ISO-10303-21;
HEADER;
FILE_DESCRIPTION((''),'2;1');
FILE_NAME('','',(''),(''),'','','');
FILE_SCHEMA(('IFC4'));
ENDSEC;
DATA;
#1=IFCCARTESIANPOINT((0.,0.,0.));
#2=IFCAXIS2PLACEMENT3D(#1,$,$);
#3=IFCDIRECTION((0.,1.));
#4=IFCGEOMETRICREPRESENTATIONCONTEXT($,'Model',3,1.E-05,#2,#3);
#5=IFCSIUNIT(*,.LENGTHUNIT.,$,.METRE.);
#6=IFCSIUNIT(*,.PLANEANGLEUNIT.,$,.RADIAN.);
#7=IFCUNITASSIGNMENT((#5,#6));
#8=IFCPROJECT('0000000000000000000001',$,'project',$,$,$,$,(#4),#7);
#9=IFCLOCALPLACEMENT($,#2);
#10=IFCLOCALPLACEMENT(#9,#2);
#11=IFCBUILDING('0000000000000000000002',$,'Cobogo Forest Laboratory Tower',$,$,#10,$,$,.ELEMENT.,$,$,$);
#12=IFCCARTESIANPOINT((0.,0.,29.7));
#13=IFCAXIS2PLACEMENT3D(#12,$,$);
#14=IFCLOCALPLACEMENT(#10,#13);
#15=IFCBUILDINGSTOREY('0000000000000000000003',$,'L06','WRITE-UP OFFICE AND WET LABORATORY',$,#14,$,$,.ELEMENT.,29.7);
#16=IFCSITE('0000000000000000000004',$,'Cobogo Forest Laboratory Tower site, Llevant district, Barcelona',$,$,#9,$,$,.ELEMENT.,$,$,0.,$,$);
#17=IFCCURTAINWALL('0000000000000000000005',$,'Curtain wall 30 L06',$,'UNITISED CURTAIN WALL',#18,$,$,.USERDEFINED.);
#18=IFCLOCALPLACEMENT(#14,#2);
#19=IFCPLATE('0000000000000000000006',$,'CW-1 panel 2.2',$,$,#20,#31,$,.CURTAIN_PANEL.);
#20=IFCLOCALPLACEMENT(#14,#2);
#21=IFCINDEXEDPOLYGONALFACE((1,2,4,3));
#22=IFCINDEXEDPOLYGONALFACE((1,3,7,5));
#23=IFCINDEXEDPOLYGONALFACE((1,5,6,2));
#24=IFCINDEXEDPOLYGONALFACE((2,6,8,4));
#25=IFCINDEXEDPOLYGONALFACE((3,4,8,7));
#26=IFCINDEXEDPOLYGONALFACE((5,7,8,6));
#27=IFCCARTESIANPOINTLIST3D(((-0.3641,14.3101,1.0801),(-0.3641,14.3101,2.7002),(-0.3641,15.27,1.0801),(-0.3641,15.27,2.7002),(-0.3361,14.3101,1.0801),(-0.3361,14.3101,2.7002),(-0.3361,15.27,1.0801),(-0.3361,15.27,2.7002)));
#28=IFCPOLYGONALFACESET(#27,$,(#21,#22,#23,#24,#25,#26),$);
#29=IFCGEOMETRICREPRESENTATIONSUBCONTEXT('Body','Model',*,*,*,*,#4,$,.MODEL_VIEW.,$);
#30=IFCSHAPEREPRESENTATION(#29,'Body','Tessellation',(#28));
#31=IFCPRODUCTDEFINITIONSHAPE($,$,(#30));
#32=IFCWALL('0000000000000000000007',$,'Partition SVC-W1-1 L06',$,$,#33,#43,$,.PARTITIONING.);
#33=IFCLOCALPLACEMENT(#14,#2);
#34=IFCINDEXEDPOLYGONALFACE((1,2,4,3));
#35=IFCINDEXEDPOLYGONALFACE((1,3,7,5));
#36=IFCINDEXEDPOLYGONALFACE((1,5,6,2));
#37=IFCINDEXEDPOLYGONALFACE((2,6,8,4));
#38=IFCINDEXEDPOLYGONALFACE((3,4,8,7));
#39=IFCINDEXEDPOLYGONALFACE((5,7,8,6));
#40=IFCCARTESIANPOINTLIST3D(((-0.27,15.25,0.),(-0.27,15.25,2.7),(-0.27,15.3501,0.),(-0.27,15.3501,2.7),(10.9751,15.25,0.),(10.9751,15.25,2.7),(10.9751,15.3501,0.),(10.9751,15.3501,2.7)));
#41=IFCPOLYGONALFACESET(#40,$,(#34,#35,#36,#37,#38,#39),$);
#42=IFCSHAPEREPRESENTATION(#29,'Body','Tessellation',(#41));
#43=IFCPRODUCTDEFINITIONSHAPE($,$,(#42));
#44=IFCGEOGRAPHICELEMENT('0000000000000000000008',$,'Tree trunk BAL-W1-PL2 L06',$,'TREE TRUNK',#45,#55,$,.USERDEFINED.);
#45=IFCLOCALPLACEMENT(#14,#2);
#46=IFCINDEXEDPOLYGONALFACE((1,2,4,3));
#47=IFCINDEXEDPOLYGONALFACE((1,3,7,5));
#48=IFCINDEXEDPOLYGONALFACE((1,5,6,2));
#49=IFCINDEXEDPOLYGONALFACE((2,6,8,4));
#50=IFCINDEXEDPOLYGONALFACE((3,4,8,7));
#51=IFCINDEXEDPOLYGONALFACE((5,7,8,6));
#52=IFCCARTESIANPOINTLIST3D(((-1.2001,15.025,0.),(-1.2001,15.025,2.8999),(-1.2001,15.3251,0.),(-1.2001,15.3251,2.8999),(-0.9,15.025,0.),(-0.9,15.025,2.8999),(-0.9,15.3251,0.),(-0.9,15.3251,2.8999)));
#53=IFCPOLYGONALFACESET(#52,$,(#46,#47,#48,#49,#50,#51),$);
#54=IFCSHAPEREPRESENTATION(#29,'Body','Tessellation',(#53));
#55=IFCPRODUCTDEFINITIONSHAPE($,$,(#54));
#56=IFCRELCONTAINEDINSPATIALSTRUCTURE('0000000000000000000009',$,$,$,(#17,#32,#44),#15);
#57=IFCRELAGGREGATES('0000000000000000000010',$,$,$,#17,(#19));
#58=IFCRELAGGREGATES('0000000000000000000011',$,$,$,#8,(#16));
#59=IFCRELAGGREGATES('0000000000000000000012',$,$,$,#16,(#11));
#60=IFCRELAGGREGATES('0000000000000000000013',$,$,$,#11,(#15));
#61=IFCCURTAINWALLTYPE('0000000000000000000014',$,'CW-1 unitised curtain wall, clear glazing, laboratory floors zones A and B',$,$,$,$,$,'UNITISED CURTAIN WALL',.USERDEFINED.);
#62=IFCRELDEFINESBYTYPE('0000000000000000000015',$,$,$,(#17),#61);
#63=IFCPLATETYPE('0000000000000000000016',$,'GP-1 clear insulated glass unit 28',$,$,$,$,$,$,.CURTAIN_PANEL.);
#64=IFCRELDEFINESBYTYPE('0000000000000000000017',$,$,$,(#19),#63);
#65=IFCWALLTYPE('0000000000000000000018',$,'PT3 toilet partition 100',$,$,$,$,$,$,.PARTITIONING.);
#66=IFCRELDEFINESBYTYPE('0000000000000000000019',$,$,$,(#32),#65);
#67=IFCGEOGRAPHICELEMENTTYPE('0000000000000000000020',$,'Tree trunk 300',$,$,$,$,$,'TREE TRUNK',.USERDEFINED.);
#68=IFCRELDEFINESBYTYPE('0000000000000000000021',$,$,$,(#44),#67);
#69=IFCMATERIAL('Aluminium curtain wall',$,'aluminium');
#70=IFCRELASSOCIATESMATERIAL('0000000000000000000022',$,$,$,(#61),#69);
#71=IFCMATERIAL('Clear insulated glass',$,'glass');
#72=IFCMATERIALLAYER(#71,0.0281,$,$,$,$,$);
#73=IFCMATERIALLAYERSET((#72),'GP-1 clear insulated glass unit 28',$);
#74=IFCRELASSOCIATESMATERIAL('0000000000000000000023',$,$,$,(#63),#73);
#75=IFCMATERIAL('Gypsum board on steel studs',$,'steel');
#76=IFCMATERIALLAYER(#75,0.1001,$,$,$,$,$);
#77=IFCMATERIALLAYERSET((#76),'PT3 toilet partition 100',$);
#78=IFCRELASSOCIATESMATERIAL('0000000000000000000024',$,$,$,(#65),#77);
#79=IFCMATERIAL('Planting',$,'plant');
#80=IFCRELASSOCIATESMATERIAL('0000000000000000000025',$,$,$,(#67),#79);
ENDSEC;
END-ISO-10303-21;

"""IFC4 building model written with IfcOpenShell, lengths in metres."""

from ifc_helpers import new_model, si_unit, direction, frame, frame_2d, origin, origin_2d, place, context, subcontext, project, spatial, rectangle, extrude, material, layer, layer_set, type_object, element, aggregate, save


model = new_model("IFC4")

# Units and contexts
model_context = context("Model", 3, precision=1e-05, world=origin(), true_north=direction((0.0, 1.0)))
body_context = subcontext(model_context, "Body", "Model", "MODEL_VIEW")
ifc_project = project(units=[si_unit("LENGTHUNIT", "METRE"), si_unit("PLANEANGLEUNIT", "RADIAN")], contexts=[model_context])

# Site, building, storey
site_placement = place(None, origin())
site = spatial("IfcSite", under=ifc_project, at=site_placement, Name="Cobogo Forest Laboratory Tower site, Llevant district, Barcelona", CompositionType="ELEMENT", RefElevation=0.0)
building_placement = place(site_placement, origin())
building = spatial("IfcBuilding", under=site, at=building_placement, Name="Cobogo Forest Laboratory Tower", CompositionType="ELEMENT")
storey_placement = place(building_placement, frame((0.0, 0.0, 29.7)))
storey = spatial("IfcBuildingStorey", under=building, at=storey_placement, Name="L06", Description="WRITE-UP OFFICE AND WET LABORATORY", CompositionType="ELEMENT", Elevation=29.7)

# Shared definitions
ifc_material_1 = material(Name="Aluminium curtain wall", Category="aluminium")
curtain_wall_type = type_object("IfcCurtainWallType", Name="CW-1 unitised curtain wall, clear glazing, laboratory floors zones A and B", ElementType="UNITISED CURTAIN WALL", PredefinedType="USERDEFINED", material=ifc_material_1)

# Curtain wall
curtain_wall_1_placement = place(storey_placement, origin())
curtain_wall_1 = element("IfcCurtainWall", 1, at=curtain_wall_1_placement, inside=storey, type_object=curtain_wall_type, Name="Curtain wall 30 L06", ObjectType="UNITISED CURTAIN WALL", PredefinedType="USERDEFINED")

# Plate
ifc_material_2 = material(Name="Clear insulated glass", Category="glass")
ifc_layer_1 = layer(ifc_material_2, 0.0281)
ifc_layer_set_1 = layer_set([ifc_layer_1], Name="GP-1 clear insulated glass unit 28")
plate_type_1 = type_object("IfcPlateType", Name="GP-1 clear insulated glass unit 28", PredefinedType="CURTAIN_PANEL", material=ifc_layer_set_1)
plate_1_placement = place(storey_placement, frame((-0.3501, 14.79, 1.0801), z_axis=(0.0, 0.0, 1.0), x_axis=(0.0, -1.0, 0.0)))
plate_1 = element("IfcPlate", 2, at=plate_1_placement, type_object=plate_type_1, Name="CW-1 panel 2.2", PredefinedType="CURTAIN_PANEL", context=body_context, shape_type="SweptSolid", body=[
    extrude(rectangle(XDim=0.96, YDim=0.0281, at=origin_2d()), origin(), (0.0, 0.0, 1.0), 1.6201),
])
aggregate(curtain_wall_1, [plate_1])

# Wall
ifc_material_3 = material(Name="Gypsum board on steel studs", Category="steel")
ifc_layer_2 = layer(ifc_material_3, 0.1001)
ifc_layer_set_2 = layer_set([ifc_layer_2], Name="PT3 toilet partition 100")
wall_type = type_object("IfcWallType", Name="PT3 toilet partition 100", PredefinedType="PARTITIONING", material=ifc_layer_set_2)
wall_placement = place(storey_placement, frame((-0.27, 15.3, 0.0), z_axis=(0.0, 0.0, 1.0), x_axis=(1.0, 0.0, 0.0)))
element("IfcWall", 3, at=wall_placement, inside=storey, type_object=wall_type, Name="Partition SVC-W1-1 L06", PredefinedType="PARTITIONING", context=body_context, shape_type="SweptSolid", body=[
    extrude(rectangle(XDim=11.2451, YDim=0.1001, at=frame_2d((5.6226, 0.0))), origin(), (0.0, 0.0, 1.0), 2.7),
])

# Geographic element
ifc_material_4 = material(Name="Planting", Category="plant")
geographic_element_type = type_object("IfcGeographicElementType", Name="Tree trunk 300", ElementType="TREE TRUNK", PredefinedType="USERDEFINED", material=ifc_material_4)
geographic_element_placement = place(storey_placement, frame((-1.05, 15.175, 0.0), z_axis=(0.0, 0.0, 1.0), x_axis=(1.0, 0.0, 0.0)))
element("IfcGeographicElement", 4, at=geographic_element_placement, inside=storey, type_object=geographic_element_type, Name="Tree trunk BAL-W1-PL2 L06", ObjectType="TREE TRUNK", PredefinedType="USERDEFINED", context=body_context, shape_type="SweptSolid", body=[
    extrude(rectangle(XDim=0.3, YDim=0.3, at=origin_2d()), origin(), (0.0, 0.0, 1.0), 2.8999),
])

save(model, "model.ifc")
